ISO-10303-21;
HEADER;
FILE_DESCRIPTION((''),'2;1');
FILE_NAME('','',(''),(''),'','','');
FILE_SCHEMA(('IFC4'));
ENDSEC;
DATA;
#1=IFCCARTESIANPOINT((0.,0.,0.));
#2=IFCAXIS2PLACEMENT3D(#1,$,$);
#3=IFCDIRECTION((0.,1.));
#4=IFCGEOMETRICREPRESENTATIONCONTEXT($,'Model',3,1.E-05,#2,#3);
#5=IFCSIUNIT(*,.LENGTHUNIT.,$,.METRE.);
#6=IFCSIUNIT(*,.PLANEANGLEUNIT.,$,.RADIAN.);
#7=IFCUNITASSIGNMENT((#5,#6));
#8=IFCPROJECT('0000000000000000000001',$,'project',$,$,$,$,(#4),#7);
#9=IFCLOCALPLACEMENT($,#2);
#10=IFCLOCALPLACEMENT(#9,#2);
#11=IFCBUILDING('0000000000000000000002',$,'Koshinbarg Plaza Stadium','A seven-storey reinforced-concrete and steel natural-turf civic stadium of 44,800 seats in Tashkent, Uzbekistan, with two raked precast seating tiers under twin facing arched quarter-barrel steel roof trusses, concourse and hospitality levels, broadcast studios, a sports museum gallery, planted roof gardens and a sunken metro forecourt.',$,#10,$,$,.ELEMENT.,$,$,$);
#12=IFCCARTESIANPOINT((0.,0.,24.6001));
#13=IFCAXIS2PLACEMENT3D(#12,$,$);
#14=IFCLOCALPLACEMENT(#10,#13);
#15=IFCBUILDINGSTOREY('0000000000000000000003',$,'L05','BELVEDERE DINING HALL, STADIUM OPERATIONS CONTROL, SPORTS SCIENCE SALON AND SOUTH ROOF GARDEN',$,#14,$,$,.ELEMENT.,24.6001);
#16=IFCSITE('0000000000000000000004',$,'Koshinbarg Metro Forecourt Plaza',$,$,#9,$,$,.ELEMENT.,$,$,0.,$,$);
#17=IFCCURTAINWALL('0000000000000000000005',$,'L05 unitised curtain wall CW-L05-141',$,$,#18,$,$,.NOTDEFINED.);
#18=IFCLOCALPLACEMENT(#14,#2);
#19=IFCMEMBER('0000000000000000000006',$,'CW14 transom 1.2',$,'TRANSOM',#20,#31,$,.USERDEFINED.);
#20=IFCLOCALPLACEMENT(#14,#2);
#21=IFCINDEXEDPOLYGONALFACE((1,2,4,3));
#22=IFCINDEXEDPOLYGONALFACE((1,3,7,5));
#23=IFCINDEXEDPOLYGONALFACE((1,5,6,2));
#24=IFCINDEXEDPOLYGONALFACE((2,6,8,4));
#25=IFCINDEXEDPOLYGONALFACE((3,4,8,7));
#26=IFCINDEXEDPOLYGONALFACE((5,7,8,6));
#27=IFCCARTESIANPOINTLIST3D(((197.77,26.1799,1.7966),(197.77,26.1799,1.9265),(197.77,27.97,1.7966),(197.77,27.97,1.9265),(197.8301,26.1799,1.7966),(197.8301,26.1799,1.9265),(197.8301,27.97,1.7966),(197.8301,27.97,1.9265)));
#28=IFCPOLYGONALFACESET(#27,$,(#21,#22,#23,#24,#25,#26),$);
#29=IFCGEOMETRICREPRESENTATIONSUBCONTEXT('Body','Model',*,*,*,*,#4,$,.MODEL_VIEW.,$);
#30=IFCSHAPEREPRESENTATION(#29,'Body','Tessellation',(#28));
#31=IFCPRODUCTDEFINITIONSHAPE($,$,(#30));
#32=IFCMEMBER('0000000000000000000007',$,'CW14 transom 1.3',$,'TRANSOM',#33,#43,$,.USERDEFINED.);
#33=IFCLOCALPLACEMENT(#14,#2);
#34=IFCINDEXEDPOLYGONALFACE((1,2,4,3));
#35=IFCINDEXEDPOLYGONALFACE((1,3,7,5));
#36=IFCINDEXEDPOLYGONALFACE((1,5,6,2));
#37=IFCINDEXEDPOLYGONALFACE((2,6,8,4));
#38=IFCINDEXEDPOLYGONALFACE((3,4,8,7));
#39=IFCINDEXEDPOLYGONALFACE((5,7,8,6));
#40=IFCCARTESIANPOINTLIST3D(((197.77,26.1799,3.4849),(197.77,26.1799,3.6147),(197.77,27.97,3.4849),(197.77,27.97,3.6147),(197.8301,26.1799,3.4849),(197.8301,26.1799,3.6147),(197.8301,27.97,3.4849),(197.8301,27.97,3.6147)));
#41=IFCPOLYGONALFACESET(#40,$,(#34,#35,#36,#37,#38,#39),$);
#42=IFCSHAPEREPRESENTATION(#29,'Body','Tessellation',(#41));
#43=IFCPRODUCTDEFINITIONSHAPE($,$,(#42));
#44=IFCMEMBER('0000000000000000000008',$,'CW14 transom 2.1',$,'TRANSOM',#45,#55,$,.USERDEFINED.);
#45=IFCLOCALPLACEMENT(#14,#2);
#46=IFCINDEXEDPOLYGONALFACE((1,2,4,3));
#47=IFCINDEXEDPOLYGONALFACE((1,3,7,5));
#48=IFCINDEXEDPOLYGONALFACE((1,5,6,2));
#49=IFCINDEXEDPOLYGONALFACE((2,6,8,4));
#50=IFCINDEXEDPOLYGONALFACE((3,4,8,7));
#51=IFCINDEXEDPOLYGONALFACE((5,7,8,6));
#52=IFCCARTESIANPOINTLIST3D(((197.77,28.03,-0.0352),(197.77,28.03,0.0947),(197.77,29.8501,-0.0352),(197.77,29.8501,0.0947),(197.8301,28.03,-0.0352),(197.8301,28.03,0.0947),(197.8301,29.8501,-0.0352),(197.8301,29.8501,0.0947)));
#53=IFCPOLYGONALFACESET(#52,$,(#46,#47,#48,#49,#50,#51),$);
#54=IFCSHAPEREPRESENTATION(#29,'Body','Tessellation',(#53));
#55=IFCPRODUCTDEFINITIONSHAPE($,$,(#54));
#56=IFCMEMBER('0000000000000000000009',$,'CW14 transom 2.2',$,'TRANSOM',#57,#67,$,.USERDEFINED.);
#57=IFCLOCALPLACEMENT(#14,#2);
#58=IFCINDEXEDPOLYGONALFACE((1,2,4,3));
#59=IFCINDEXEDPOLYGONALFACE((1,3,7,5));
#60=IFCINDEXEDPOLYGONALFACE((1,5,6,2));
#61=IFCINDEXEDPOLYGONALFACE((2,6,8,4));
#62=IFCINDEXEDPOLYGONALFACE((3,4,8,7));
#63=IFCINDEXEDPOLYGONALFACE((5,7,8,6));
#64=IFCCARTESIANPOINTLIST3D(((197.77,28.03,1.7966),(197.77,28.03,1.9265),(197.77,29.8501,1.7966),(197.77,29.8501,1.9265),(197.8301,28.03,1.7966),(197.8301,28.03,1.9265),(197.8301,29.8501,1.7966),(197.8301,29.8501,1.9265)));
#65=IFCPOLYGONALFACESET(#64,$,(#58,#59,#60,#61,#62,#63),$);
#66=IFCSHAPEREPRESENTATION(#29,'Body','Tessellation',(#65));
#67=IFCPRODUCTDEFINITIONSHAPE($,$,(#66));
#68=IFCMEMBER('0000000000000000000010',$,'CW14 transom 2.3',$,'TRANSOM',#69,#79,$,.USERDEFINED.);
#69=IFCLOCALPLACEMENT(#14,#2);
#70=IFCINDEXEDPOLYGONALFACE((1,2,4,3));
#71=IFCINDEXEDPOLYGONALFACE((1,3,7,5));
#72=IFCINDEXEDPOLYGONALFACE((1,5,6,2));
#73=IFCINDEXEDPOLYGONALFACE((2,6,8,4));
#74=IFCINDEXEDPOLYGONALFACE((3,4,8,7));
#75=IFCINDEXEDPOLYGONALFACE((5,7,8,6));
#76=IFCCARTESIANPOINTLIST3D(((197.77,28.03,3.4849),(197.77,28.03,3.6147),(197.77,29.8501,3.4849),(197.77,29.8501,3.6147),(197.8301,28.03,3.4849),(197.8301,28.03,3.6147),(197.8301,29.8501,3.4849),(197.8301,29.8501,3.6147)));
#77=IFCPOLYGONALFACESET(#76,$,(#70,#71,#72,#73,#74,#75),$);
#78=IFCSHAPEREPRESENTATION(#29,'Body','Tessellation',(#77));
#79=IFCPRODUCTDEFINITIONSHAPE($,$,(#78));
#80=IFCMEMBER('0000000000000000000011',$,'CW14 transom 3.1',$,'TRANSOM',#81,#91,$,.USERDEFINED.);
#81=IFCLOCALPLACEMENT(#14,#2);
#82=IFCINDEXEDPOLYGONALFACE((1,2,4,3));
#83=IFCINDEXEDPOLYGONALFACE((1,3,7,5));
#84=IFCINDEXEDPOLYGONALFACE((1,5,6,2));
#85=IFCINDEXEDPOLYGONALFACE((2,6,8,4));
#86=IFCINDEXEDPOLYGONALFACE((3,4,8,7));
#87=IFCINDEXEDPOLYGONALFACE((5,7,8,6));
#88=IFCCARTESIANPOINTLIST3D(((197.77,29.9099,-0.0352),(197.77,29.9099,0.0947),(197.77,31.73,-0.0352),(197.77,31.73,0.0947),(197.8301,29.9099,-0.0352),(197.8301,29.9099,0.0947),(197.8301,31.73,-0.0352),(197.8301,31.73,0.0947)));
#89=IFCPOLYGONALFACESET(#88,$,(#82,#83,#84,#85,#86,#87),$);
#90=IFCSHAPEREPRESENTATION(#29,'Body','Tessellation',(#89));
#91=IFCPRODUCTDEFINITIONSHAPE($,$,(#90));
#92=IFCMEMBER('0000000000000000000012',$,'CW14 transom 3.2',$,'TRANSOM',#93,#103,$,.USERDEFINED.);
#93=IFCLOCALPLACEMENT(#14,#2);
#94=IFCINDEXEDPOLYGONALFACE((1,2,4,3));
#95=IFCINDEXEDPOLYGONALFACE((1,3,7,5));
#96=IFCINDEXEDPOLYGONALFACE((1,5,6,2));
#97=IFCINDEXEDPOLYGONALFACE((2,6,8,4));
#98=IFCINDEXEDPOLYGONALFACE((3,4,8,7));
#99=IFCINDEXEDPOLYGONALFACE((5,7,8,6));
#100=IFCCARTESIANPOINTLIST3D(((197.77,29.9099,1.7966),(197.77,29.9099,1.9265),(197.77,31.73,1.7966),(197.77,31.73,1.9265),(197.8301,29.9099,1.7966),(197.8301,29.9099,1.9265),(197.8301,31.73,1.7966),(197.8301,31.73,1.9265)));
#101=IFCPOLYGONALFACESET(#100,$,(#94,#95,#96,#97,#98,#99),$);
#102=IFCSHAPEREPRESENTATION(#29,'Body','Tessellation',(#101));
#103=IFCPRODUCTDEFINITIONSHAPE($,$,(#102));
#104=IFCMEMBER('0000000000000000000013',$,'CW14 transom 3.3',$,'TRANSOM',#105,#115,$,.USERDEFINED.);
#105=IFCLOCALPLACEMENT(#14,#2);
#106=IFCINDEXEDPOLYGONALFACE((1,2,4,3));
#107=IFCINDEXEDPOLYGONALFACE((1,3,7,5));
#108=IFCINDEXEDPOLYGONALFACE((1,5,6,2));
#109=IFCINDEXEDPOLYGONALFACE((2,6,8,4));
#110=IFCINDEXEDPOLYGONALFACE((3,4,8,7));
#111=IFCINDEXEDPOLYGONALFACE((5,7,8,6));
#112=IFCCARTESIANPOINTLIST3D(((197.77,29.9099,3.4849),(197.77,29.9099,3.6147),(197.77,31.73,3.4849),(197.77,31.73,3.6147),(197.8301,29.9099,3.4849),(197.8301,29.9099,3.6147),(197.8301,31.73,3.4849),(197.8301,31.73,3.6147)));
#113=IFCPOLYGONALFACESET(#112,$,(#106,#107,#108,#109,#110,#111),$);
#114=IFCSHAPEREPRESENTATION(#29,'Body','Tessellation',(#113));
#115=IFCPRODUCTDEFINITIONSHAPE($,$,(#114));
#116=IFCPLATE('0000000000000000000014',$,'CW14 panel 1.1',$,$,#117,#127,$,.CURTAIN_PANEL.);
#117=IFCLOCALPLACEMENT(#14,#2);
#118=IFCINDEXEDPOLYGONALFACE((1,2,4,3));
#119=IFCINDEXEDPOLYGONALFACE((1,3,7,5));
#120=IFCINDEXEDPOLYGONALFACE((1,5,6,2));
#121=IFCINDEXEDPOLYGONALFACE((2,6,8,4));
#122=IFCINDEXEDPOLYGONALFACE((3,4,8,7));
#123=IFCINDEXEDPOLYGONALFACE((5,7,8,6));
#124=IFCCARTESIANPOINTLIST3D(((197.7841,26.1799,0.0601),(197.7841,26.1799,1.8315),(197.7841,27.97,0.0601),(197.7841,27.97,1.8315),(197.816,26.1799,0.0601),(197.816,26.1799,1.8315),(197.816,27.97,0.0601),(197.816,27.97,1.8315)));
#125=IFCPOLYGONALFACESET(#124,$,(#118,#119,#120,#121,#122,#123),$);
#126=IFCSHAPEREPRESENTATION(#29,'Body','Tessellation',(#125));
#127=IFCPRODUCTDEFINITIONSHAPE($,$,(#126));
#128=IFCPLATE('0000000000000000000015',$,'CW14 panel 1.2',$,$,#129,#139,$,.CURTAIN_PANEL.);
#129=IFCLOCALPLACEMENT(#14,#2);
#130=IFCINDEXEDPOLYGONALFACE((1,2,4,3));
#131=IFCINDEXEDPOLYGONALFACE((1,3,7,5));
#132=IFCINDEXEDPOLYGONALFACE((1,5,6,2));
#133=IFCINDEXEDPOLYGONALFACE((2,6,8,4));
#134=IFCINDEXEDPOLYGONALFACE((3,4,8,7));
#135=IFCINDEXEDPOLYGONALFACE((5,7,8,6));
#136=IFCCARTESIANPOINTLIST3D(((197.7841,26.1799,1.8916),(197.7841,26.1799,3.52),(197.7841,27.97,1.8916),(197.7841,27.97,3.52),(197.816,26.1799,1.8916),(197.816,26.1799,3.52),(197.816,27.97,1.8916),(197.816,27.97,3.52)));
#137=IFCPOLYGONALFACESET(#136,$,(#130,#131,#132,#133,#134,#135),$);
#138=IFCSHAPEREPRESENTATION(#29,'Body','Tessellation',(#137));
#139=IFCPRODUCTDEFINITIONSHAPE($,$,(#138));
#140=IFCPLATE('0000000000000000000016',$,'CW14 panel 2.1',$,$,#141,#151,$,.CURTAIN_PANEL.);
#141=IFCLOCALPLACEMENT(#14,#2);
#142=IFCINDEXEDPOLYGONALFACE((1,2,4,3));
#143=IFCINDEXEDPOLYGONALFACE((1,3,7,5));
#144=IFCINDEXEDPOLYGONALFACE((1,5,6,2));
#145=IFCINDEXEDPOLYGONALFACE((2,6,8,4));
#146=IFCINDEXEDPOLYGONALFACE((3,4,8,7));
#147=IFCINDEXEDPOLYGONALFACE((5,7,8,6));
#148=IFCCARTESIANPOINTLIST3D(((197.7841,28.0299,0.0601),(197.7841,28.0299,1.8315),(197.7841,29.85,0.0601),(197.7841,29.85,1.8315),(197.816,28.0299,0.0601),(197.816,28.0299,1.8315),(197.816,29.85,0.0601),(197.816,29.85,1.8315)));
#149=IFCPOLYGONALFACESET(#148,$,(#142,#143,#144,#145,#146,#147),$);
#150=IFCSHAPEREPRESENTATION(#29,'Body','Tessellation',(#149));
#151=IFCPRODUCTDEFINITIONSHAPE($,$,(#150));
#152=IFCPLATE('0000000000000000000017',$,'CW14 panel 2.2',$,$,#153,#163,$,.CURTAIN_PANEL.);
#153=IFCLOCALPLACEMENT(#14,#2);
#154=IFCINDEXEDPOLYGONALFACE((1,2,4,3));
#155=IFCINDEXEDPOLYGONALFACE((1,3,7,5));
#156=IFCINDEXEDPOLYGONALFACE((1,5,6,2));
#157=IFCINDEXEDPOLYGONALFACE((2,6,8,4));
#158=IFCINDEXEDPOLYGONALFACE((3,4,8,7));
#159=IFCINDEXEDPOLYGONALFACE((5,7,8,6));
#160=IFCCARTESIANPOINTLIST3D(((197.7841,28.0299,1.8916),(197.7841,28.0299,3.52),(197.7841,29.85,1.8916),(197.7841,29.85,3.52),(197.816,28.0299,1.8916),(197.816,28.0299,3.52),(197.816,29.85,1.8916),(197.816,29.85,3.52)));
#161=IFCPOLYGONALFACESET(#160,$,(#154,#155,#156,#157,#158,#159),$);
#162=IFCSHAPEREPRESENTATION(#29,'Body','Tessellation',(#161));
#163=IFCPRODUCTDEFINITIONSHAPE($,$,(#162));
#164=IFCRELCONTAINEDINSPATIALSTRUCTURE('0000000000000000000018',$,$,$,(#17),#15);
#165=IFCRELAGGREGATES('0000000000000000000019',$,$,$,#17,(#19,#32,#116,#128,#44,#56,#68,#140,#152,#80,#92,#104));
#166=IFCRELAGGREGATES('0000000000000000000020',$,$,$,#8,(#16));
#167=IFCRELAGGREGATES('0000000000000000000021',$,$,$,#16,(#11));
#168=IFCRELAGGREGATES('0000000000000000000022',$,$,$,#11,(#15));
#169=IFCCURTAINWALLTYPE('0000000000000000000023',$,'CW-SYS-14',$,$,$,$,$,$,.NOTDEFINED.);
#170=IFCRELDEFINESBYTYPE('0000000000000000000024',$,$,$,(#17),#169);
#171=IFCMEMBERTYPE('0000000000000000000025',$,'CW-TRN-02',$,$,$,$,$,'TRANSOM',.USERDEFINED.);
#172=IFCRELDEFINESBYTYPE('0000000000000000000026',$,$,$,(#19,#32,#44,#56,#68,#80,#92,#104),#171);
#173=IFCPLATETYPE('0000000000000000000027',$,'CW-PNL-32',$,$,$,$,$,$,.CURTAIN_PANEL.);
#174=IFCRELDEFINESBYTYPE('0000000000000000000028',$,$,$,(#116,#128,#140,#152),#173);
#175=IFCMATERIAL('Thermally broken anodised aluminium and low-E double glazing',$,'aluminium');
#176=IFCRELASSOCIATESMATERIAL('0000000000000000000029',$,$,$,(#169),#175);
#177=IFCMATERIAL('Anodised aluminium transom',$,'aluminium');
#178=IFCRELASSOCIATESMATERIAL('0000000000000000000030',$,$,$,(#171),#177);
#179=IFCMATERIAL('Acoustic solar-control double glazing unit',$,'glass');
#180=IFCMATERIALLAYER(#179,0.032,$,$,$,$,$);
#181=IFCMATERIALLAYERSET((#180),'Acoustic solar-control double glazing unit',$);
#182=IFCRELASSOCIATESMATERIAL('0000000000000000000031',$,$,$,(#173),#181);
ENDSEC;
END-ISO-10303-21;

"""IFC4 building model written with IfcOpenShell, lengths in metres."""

from ifc_helpers import new_model, si_unit, direction, frame, origin, origin_2d, place, context, subcontext, project, spatial, rectangle, extrude, material, layer, layer_set, material_profile, profile_set, type_object, element, aggregate, save


model = new_model("IFC4")

# Units and contexts
model_context = context("Model", 3, precision=1e-05, world=origin(), true_north=direction((0.0, 1.0)))
body_context = subcontext(model_context, "Body", "Model", "MODEL_VIEW")
ifc_project = project(units=[si_unit("LENGTHUNIT", "METRE"), si_unit("PLANEANGLEUNIT", "RADIAN")], contexts=[model_context])

# Site, building, storey
site_placement = place(None, origin())
site = spatial("IfcSite", under=ifc_project, at=site_placement, Name="Koshinbarg Metro Forecourt Plaza", CompositionType="ELEMENT", RefElevation=0.0)
building_placement = place(site_placement, origin())
building = spatial("IfcBuilding", under=site, at=building_placement, Name="Koshinbarg Plaza Stadium", Description="A seven-storey reinforced-concrete and steel natural-turf civic stadium of 44,800 seats in Tashkent, Uzbekistan, with two raked precast seating tiers under twin facing arched quarter-barrel steel roof trusses, concourse and hospitality levels, broadcast studios, a sports museum gallery, planted roof gardens and a sunken metro forecourt.", CompositionType="ELEMENT")
storey_placement = place(building_placement, frame((0.0, 0.0, 24.6001)))
storey = spatial("IfcBuildingStorey", under=building, at=storey_placement, Name="L05", Description="BELVEDERE DINING HALL, STADIUM OPERATIONS CONTROL, SPORTS SCIENCE SALON AND SOUTH ROOF GARDEN", CompositionType="ELEMENT", Elevation=24.6001)

# Curtain wall, members, plates
ifc_material_1 = material(Name="Thermally broken anodised aluminium and low-E double glazing", Category="aluminium")
curtain_wall_type = type_object("IfcCurtainWallType", Name="CW-SYS-14", PredefinedType="NOTDEFINED", material=ifc_material_1)
curtain_wall_placement = place(storey_placement, origin())
curtain_wall = element("IfcCurtainWall", 1, at=curtain_wall_placement, inside=storey, type_object=curtain_wall_type, Name="L05 unitised curtain wall CW-L05-141", PredefinedType="NOTDEFINED")
ifc_material_2 = material(Name="Anodised aluminium transom", Category="aluminium")
ifc_material_profile_1 = material_profile(ifc_material_2, rectangle(XDim=0.0601, YDim=0.1299, at=origin_2d()), Name="ALU 60x130")
ifc_profile_set_1 = profile_set([ifc_material_profile_1], Name="Anodised aluminium transom")
member_type_1 = type_object("IfcMemberType", Name="CW-TRN-02", ElementType="TRANSOM", PredefinedType="USERDEFINED", material=ifc_profile_set_1)
member_1_placement = place(storey_placement, frame((197.8, 26.1799, 1.8616), z_axis=(0.0, 1.0, 0.0), x_axis=(-1.0, 0.0, 0.0)))
member_1 = element("IfcMember", 2, at=member_1_placement, type_object=member_type_1, Name="CW14 transom 1.2", ObjectType="TRANSOM", PredefinedType="USERDEFINED", context=body_context, shape_type="SweptSolid", body=[
    extrude(rectangle(XDim=0.0601, YDim=0.1299, at=origin_2d()), origin(), (0.0, 0.0, 1.0), 1.79),
])
member_2_placement = place(storey_placement, frame((197.8, 26.1799, 3.5498), z_axis=(0.0, 1.0, 0.0), x_axis=(-1.0, 0.0, 0.0)))
member_2 = element("IfcMember", 3, at=member_2_placement, type_object=member_type_1, Name="CW14 transom 1.3", ObjectType="TRANSOM", PredefinedType="USERDEFINED", context=body_context, shape_type="SweptSolid", body=[
    extrude(rectangle(XDim=0.0601, YDim=0.1299, at=origin_2d()), origin(), (0.0, 0.0, 1.0), 1.79),
])
member_3_placement = place(storey_placement, frame((197.8, 28.03, 0.0298), z_axis=(0.0, 1.0, 0.0), x_axis=(-1.0, 0.0, 0.0)))
member_3 = element("IfcMember", 4, at=member_3_placement, type_object=member_type_1, Name="CW14 transom 2.1", ObjectType="TRANSOM", PredefinedType="USERDEFINED", context=body_context, shape_type="SweptSolid", body=[
    extrude(rectangle(XDim=0.0601, YDim=0.1299, at=origin_2d()), origin(), (0.0, 0.0, 1.0), 1.8201),
])
member_4_placement = place(storey_placement, frame((197.8, 28.03, 1.8616), z_axis=(0.0, 1.0, 0.0), x_axis=(-1.0, 0.0, 0.0)))
member_4 = element("IfcMember", 5, at=member_4_placement, type_object=member_type_1, Name="CW14 transom 2.2", ObjectType="TRANSOM", PredefinedType="USERDEFINED", context=body_context, shape_type="SweptSolid", body=[
    extrude(rectangle(XDim=0.0601, YDim=0.1299, at=origin_2d()), origin(), (0.0, 0.0, 1.0), 1.8201),
])
member_5_placement = place(storey_placement, frame((197.8, 28.03, 3.5498), z_axis=(0.0, 1.0, 0.0), x_axis=(-1.0, 0.0, 0.0)))
member_5 = element("IfcMember", 6, at=member_5_placement, type_object=member_type_1, Name="CW14 transom 2.3", ObjectType="TRANSOM", PredefinedType="USERDEFINED", context=body_context, shape_type="SweptSolid", body=[
    extrude(rectangle(XDim=0.0601, YDim=0.1299, at=origin_2d()), origin(), (0.0, 0.0, 1.0), 1.8201),
])
member_6_placement = place(storey_placement, frame((197.8, 29.9099, 0.0298), z_axis=(0.0, 1.0, 0.0), x_axis=(-1.0, 0.0, 0.0)))
member_6 = element("IfcMember", 7, at=member_6_placement, type_object=member_type_1, Name="CW14 transom 3.1", ObjectType="TRANSOM", PredefinedType="USERDEFINED", context=body_context, shape_type="SweptSolid", body=[
    extrude(rectangle(XDim=0.0601, YDim=0.1299, at=origin_2d()), origin(), (0.0, 0.0, 1.0), 1.8201),
])
member_7_placement = place(storey_placement, frame((197.8, 29.9099, 1.8616), z_axis=(0.0, 1.0, 0.0), x_axis=(-1.0, 0.0, 0.0)))
member_7 = element("IfcMember", 8, at=member_7_placement, type_object=member_type_1, Name="CW14 transom 3.2", ObjectType="TRANSOM", PredefinedType="USERDEFINED", context=body_context, shape_type="SweptSolid", body=[
    extrude(rectangle(XDim=0.0601, YDim=0.1299, at=origin_2d()), origin(), (0.0, 0.0, 1.0), 1.8201),
])
member_8_placement = place(storey_placement, frame((197.8, 29.9099, 3.5498), z_axis=(0.0, 1.0, 0.0), x_axis=(-1.0, 0.0, 0.0)))
member_8 = element("IfcMember", 9, at=member_8_placement, type_object=member_type_1, Name="CW14 transom 3.3", ObjectType="TRANSOM", PredefinedType="USERDEFINED", context=body_context, shape_type="SweptSolid", body=[
    extrude(rectangle(XDim=0.0601, YDim=0.1299, at=origin_2d()), origin(), (0.0, 0.0, 1.0), 1.8201),
])
ifc_material_3 = material(Name="Acoustic solar-control double glazing unit", Category="glass")
ifc_layer = layer(ifc_material_3, 0.032)
ifc_layer_set = layer_set([ifc_layer], Name="Acoustic solar-control double glazing unit")
plate_type = type_object("IfcPlateType", Name="CW-PNL-32", PredefinedType="CURTAIN_PANEL", material=ifc_layer_set)
plate_1_placement = place(storey_placement, frame((197.8, 27.075, 0.0601), z_axis=(0.0, 0.0, 1.0), x_axis=(0.0, 1.0, 0.0)))
plate_1 = element("IfcPlate", 10, at=plate_1_placement, type_object=plate_type, Name="CW14 panel 1.1", PredefinedType="CURTAIN_PANEL", context=body_context, shape_type="SweptSolid", body=[
    extrude(rectangle(XDim=1.79, YDim=0.032, at=origin_2d()), origin(), (0.0, 0.0, 1.0), 1.7715),
])
plate_2_placement = place(storey_placement, frame((197.8, 27.075, 1.8916), z_axis=(0.0, 0.0, 1.0), x_axis=(0.0, 1.0, 0.0)))
plate_2 = element("IfcPlate", 11, at=plate_2_placement, type_object=plate_type, Name="CW14 panel 1.2", PredefinedType="CURTAIN_PANEL", context=body_context, shape_type="SweptSolid", body=[
    extrude(rectangle(XDim=1.79, YDim=0.032, at=origin_2d()), origin(), (0.0, 0.0, 1.0), 1.6284),
])
plate_3_placement = place(storey_placement, frame((197.8, 28.9399, 0.0601), z_axis=(0.0, 0.0, 1.0), x_axis=(0.0, 1.0, 0.0)))
plate_3 = element("IfcPlate", 12, at=plate_3_placement, type_object=plate_type, Name="CW14 panel 2.1", PredefinedType="CURTAIN_PANEL", context=body_context, shape_type="SweptSolid", body=[
    extrude(rectangle(XDim=1.8201, YDim=0.032, at=origin_2d()), origin(), (0.0, 0.0, 1.0), 1.7715),
])
plate_4_placement = place(storey_placement, frame((197.8, 28.9399, 1.8916), z_axis=(0.0, 0.0, 1.0), x_axis=(0.0, 1.0, 0.0)))
plate_4 = element("IfcPlate", 13, at=plate_4_placement, type_object=plate_type, Name="CW14 panel 2.2", PredefinedType="CURTAIN_PANEL", context=body_context, shape_type="SweptSolid", body=[
    extrude(rectangle(XDim=1.8201, YDim=0.032, at=origin_2d()), origin(), (0.0, 0.0, 1.0), 1.6284),
])
aggregate(curtain_wall, [member_1, member_2, plate_1, plate_2, member_3, member_4, member_5, plate_3, plate_4, member_6, member_7, member_8])

save(model, "model.ifc")
